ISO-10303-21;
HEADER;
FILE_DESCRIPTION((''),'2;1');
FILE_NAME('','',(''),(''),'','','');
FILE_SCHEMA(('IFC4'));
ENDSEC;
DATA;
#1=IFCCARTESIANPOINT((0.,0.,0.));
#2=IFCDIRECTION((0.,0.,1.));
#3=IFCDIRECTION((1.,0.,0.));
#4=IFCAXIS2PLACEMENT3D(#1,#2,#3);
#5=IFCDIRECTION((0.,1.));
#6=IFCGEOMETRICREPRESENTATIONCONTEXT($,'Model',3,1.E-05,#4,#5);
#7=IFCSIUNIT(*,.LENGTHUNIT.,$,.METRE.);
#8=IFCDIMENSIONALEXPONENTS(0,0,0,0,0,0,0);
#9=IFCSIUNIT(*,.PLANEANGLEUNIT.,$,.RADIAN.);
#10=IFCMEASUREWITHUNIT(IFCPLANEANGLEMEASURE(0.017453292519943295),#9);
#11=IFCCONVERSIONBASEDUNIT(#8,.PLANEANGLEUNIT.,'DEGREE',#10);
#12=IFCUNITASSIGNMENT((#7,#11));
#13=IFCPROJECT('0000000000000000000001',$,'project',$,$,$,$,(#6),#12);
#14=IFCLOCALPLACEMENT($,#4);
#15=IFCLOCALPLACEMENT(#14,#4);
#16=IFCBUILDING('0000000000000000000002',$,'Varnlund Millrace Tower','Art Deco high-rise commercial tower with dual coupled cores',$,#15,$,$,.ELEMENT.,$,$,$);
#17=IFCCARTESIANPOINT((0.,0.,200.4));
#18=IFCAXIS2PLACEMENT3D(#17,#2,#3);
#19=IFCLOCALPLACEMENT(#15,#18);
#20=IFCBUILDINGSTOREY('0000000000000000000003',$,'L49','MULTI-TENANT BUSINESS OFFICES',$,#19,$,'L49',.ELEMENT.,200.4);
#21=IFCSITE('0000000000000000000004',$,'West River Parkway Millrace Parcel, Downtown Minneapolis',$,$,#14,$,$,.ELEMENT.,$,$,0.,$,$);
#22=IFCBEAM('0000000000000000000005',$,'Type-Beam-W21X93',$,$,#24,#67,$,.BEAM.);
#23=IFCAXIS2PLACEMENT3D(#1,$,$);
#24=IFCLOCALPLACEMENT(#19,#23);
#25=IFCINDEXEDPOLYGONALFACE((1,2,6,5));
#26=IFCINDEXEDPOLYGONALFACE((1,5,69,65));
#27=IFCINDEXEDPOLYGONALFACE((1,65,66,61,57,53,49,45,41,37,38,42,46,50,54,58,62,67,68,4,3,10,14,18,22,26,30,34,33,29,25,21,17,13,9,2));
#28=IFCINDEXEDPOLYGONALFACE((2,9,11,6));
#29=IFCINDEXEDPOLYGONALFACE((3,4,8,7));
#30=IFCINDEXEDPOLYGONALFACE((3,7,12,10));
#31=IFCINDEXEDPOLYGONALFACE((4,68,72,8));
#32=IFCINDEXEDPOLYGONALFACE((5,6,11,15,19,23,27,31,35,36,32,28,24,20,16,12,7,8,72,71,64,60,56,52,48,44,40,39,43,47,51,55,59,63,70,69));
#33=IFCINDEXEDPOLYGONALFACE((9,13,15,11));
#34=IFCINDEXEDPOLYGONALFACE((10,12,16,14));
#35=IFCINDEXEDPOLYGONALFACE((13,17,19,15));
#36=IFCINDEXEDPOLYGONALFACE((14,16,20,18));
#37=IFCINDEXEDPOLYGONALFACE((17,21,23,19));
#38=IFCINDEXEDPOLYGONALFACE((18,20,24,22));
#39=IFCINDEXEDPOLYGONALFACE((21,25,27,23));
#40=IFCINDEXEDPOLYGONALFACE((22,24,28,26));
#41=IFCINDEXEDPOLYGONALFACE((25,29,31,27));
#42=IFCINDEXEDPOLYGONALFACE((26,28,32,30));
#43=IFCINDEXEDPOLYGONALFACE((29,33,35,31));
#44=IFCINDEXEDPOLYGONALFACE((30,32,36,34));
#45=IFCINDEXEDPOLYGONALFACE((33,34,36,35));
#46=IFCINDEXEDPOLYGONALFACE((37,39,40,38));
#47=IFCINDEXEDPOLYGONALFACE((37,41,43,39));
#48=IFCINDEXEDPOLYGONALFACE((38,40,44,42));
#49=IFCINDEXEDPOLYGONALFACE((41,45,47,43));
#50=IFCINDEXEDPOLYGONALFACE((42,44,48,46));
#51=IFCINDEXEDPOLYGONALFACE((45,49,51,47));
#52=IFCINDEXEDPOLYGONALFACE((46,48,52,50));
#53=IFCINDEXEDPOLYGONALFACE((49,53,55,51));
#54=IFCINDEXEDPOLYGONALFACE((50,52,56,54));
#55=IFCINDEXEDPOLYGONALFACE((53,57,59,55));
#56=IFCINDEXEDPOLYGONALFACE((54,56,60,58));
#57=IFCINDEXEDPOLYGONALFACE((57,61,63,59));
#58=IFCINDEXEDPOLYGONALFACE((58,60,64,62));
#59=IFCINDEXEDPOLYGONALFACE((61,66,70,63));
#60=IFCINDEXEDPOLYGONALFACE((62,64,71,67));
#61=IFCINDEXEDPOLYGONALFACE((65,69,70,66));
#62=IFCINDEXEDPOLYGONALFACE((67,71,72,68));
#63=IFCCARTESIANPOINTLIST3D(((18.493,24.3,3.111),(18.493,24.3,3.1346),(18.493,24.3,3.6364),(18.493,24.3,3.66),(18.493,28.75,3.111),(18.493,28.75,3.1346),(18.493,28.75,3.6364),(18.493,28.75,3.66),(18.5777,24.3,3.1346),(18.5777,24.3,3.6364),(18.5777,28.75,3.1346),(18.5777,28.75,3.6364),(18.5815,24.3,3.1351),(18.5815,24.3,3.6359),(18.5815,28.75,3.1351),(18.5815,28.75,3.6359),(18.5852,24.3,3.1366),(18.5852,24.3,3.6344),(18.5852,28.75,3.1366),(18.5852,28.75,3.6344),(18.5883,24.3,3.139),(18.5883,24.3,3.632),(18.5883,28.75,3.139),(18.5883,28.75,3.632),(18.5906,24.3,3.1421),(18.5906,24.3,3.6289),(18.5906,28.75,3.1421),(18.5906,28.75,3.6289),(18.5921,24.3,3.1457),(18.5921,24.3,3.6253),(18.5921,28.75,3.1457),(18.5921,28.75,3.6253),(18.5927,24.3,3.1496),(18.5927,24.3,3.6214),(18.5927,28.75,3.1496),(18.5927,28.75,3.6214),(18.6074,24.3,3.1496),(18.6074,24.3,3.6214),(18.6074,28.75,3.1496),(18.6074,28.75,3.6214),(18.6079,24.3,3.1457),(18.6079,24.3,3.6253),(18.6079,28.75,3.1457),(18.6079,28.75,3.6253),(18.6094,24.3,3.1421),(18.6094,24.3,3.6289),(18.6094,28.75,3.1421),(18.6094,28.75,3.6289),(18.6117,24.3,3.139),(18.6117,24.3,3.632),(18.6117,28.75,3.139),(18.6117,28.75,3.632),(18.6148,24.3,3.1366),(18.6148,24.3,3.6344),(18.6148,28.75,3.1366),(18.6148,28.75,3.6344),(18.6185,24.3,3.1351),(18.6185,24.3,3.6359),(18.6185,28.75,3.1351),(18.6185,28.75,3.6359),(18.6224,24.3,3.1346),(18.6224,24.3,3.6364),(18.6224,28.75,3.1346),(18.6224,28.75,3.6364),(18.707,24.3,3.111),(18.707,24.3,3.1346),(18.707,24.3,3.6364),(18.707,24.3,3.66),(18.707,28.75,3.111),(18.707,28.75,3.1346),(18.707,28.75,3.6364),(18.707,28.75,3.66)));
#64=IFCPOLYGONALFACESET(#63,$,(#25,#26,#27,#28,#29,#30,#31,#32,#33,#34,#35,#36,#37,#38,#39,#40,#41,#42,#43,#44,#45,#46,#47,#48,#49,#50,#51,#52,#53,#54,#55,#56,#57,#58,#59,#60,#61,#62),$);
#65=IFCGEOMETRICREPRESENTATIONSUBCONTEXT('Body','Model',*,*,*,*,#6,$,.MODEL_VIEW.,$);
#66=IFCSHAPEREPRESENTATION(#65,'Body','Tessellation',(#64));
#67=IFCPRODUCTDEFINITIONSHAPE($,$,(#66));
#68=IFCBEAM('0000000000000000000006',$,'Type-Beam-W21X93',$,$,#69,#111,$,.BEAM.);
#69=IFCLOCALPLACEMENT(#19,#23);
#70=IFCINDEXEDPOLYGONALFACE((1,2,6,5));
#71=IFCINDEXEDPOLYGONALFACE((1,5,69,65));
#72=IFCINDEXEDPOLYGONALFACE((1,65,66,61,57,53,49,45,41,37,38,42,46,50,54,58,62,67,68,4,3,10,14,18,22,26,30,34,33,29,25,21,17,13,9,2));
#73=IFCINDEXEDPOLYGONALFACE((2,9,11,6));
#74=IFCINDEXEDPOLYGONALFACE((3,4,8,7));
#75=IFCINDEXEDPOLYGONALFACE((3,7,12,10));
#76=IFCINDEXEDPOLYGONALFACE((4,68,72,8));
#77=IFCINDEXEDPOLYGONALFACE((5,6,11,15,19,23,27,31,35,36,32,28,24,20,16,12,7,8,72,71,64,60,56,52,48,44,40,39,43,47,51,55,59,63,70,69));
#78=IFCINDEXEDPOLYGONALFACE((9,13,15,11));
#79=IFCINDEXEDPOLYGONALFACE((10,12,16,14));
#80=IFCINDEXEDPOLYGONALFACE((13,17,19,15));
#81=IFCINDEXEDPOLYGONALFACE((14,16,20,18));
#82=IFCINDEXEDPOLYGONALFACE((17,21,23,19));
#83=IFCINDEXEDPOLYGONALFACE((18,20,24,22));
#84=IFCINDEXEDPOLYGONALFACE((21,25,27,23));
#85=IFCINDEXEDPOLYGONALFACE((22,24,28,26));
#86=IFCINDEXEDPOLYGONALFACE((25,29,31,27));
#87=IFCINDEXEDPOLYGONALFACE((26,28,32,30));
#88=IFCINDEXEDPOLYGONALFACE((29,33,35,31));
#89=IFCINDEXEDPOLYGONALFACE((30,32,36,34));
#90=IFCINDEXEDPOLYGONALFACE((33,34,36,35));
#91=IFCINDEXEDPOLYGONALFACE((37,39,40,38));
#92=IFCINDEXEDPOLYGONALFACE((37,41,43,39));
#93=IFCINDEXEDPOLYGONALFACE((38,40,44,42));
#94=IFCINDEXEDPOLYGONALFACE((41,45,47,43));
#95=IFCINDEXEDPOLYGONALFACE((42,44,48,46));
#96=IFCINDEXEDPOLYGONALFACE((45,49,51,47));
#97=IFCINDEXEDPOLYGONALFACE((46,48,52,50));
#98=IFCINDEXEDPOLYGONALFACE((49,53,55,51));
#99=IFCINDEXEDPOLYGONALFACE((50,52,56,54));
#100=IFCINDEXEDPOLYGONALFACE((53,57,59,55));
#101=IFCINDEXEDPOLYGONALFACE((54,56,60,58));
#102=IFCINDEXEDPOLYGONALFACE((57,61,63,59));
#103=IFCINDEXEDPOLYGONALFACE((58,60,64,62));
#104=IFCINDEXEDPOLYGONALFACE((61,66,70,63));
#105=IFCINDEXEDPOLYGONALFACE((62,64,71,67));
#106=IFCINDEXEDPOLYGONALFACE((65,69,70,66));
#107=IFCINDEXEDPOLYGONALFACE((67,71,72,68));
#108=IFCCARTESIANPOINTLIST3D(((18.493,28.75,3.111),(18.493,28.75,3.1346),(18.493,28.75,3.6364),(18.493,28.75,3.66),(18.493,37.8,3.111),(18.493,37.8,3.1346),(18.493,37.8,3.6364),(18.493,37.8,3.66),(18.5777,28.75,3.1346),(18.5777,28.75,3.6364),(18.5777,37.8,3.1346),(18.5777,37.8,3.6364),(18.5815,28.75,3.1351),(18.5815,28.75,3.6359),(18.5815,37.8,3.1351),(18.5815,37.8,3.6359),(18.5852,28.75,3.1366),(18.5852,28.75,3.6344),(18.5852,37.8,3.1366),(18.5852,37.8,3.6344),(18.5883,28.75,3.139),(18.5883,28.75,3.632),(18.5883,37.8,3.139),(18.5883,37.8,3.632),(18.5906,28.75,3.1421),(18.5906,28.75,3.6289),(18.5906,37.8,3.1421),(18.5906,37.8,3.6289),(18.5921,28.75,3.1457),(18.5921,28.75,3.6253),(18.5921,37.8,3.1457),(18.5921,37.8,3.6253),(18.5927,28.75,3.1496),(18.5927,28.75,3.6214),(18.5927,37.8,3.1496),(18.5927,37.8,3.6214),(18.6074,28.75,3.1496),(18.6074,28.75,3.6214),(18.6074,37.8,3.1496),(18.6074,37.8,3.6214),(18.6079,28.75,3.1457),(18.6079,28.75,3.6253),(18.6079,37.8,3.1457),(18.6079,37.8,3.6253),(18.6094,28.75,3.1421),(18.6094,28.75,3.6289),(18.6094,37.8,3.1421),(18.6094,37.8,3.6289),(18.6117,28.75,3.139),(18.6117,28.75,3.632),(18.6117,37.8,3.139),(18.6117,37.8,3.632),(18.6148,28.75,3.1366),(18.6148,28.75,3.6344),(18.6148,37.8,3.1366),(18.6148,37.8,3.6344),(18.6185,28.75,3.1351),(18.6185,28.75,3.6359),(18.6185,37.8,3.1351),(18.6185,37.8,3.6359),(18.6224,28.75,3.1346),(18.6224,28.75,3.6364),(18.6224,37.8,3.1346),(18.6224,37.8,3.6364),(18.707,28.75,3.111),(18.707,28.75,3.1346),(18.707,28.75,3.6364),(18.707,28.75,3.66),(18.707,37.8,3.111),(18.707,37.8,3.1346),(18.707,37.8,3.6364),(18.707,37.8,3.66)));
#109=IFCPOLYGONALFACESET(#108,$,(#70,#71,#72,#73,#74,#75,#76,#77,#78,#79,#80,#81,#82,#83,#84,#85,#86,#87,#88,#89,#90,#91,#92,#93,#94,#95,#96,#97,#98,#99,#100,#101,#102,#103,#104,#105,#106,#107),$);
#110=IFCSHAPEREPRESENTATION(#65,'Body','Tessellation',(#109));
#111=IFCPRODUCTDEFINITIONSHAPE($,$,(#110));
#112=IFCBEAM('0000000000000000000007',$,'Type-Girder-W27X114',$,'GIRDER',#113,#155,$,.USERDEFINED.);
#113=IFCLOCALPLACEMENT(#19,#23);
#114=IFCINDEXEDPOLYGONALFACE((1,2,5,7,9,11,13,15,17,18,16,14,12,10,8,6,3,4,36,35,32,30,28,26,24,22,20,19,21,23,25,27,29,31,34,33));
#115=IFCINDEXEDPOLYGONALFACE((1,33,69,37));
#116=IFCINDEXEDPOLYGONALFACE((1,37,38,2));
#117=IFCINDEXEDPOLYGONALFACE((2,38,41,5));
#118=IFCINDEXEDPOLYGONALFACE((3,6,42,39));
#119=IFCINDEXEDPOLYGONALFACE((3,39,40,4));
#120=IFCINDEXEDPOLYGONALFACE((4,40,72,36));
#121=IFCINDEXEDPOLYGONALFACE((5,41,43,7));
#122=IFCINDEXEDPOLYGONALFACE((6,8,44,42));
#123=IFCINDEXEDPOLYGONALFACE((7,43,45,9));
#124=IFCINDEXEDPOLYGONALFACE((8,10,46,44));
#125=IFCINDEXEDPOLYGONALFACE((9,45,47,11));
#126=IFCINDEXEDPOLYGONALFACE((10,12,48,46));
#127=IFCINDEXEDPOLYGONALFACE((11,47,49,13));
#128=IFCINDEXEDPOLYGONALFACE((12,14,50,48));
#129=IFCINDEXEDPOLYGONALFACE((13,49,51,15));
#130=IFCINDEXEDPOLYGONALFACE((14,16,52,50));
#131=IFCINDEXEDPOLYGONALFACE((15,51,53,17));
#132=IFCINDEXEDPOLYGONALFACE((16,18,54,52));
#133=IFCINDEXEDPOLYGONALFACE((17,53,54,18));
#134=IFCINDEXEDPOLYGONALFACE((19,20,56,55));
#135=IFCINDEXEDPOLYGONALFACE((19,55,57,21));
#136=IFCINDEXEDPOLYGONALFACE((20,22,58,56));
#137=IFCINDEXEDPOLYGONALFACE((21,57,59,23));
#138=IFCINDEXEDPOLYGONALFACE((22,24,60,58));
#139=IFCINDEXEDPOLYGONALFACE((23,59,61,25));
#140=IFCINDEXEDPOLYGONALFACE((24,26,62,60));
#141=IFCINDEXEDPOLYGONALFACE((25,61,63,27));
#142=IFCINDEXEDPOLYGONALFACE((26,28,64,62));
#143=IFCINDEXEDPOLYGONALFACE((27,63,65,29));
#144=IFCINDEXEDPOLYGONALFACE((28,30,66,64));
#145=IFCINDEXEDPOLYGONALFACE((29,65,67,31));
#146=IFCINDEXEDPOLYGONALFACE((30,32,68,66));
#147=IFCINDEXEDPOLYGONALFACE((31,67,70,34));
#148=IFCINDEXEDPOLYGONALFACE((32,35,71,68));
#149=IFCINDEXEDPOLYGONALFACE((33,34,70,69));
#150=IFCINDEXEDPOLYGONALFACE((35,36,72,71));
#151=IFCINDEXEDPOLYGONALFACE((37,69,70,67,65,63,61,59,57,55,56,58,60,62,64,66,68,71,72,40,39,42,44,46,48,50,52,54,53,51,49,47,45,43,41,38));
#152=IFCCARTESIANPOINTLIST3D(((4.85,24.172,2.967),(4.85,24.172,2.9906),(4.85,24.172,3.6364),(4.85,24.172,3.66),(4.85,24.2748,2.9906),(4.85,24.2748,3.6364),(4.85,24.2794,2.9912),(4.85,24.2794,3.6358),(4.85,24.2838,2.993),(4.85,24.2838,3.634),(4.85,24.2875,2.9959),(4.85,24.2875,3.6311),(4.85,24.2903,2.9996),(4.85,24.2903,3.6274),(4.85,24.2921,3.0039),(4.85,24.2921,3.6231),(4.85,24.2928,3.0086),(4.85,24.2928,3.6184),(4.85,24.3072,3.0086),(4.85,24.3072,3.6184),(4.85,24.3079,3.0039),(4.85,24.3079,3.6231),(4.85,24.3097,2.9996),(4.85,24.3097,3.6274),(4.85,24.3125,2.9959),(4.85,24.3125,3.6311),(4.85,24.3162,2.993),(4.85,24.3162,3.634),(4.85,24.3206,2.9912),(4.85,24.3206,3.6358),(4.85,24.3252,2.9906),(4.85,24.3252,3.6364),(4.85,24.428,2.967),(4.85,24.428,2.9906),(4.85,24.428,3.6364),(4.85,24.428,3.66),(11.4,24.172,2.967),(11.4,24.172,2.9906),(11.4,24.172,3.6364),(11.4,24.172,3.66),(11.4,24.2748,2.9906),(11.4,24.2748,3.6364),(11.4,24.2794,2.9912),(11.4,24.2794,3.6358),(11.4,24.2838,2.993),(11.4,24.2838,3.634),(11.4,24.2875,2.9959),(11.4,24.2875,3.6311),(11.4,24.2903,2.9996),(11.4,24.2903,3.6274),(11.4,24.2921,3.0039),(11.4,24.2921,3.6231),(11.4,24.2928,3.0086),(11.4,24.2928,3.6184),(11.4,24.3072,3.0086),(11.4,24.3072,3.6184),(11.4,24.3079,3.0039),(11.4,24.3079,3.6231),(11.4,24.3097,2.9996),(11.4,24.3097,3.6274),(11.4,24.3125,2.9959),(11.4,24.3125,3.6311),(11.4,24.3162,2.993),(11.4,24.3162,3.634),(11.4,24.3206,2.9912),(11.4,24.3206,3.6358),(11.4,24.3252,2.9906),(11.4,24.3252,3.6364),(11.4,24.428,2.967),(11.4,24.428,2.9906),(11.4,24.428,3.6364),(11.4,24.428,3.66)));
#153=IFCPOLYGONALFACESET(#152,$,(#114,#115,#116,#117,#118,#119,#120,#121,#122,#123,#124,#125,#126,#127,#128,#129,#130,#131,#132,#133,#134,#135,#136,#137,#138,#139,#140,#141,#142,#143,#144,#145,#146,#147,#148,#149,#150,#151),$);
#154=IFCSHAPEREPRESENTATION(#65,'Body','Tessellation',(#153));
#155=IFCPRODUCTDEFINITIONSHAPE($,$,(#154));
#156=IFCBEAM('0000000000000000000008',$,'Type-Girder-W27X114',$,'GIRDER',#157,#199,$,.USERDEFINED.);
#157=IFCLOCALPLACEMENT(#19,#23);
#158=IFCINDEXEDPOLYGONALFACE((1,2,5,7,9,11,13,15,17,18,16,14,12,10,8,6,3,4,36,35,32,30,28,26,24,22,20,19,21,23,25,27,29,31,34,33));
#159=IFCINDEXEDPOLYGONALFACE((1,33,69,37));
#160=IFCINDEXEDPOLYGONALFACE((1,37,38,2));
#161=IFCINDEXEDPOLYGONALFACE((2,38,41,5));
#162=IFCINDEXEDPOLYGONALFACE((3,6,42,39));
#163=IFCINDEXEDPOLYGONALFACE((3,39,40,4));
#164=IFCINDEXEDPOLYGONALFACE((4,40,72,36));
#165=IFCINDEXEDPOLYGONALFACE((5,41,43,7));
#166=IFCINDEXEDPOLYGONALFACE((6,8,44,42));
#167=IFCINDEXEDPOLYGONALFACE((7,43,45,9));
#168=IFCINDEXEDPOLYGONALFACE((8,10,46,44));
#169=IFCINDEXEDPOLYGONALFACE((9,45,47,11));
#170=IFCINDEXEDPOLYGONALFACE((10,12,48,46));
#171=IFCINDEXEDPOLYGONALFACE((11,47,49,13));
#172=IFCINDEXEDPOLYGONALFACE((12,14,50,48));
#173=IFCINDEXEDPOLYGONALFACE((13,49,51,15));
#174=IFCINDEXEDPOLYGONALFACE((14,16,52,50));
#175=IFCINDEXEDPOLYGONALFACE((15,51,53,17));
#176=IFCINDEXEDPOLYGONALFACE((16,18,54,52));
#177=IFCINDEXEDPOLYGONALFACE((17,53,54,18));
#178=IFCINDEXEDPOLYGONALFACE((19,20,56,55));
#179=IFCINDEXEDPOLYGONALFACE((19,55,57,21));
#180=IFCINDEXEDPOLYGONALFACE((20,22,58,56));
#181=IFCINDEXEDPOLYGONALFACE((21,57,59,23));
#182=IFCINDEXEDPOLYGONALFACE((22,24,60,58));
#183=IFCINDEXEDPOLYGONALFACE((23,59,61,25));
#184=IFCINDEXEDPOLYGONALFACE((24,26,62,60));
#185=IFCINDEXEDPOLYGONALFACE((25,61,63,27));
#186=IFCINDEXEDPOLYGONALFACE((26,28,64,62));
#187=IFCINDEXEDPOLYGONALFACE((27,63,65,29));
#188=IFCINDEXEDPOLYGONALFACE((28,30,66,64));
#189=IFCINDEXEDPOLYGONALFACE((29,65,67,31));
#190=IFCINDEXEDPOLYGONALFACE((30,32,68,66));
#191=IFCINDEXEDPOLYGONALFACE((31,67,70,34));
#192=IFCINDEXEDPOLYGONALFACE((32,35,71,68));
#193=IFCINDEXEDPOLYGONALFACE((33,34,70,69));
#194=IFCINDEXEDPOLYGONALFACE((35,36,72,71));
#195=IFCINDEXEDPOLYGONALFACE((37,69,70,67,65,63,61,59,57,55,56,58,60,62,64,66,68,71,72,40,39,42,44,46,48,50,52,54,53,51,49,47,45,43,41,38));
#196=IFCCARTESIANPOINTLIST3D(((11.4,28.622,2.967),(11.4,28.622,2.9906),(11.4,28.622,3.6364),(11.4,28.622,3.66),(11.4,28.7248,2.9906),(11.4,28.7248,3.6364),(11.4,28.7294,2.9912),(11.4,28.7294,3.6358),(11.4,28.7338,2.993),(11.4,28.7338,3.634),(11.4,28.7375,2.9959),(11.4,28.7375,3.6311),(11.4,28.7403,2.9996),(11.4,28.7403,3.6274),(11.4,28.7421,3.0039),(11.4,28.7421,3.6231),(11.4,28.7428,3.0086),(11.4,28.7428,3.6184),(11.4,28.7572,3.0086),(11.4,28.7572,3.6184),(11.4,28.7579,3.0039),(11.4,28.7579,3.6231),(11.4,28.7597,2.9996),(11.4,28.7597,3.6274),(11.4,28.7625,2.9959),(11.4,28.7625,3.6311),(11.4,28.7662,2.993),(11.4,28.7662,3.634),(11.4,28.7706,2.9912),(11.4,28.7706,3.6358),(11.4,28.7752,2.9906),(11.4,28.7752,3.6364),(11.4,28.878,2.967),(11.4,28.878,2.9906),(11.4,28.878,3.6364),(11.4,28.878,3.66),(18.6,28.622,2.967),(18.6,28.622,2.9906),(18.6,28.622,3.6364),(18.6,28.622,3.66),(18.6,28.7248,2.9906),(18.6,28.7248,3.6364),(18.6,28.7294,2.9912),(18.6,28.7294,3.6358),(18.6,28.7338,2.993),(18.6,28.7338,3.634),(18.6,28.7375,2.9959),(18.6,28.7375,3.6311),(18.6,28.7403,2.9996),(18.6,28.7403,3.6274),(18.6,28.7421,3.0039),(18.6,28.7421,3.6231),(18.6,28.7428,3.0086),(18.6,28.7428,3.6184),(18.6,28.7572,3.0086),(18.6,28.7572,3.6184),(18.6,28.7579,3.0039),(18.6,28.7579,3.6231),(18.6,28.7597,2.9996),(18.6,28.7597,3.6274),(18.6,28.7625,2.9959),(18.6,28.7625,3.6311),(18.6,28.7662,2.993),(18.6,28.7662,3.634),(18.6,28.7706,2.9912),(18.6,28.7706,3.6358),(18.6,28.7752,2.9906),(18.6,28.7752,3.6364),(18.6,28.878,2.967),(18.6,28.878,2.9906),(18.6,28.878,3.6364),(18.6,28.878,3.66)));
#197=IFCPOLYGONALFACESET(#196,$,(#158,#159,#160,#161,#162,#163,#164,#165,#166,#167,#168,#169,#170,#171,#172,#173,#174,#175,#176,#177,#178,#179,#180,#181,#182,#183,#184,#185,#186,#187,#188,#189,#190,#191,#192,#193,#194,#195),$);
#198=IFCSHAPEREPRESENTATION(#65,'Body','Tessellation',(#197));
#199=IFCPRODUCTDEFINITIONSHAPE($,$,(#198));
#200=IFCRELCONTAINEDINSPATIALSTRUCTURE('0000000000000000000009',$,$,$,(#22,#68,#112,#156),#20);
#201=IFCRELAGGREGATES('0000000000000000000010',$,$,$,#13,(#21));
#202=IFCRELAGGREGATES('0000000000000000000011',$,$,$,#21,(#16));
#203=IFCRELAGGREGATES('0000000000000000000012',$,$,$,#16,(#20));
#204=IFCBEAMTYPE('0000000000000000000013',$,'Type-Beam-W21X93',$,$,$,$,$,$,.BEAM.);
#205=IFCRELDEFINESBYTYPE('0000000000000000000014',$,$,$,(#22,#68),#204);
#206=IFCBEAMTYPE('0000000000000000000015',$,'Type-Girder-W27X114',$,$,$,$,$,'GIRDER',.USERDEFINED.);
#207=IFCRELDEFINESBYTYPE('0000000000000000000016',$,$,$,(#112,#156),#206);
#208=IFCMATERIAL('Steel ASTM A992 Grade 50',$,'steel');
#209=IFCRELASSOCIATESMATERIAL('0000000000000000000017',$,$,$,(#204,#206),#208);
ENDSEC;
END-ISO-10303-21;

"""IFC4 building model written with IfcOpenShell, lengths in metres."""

from ifc_helpers import new_model, entity, si_unit, converted_unit, direction, frame, origin_with_axes, origin_2d_with_axis, place, context, subcontext, project, spatial, i_section, extrude, material, material_profile, profile_set, type_object, element, save


model = new_model("IFC4")

# Units and contexts
model_context = context("Model", 3, precision=1e-05, world=origin_with_axes(), true_north=direction((0.0, 1.0)))
body_context = subcontext(model_context, "Body", "Model", "MODEL_VIEW")
ifc_project = project(units=[si_unit("LENGTHUNIT", "METRE"), converted_unit("PLANEANGLEUNIT", "DEGREE", entity("IfcPlaneAngleMeasure", 0.017453292519943295), si_unit("PLANEANGLEUNIT", "RADIAN"), dimensions=[0, 0, 0, 0, 0, 0, 0])], contexts=[model_context])

# Site, building, storey
site_placement = place(None, origin_with_axes())
site = spatial("IfcSite", under=ifc_project, at=site_placement, Name="West River Parkway Millrace Parcel, Downtown Minneapolis", CompositionType="ELEMENT", RefElevation=0.0)
building_placement = place(site_placement, origin_with_axes())
building = spatial("IfcBuilding", under=site, at=building_placement, Name="Varnlund Millrace Tower", Description="Art Deco high-rise commercial tower with dual coupled cores", CompositionType="ELEMENT")
storey_placement = place(building_placement, frame((0.0, 0.0, 200.4), z_axis=(0.0, 0.0, 1.0), x_axis=(1.0, 0.0, 0.0)))
storey = spatial("IfcBuildingStorey", under=building, at=storey_placement, Name="L49", Description="MULTI-TENANT BUSINESS OFFICES", LongName="L49", CompositionType="ELEMENT", Elevation=200.4)

# Beams
ifc_material_1 = material(Name="Steel ASTM A992 Grade 50", Category="steel")
ifc_material_profile_1 = material_profile(ifc_material_1, i_section(OverallWidth=0.214, OverallDepth=0.549, WebThickness=0.0147, FlangeThickness=0.0236, FilletRadius=0.015, at=origin_2d_with_axis()), Name="Steel ASTM A992 Grade 50")
ifc_profile_set_1 = profile_set([ifc_material_profile_1], Name="Steel ASTM A992 Grade 50")
beam_type_1 = type_object("IfcBeamType", Name="Type-Beam-W21X93", PredefinedType="BEAM", material=ifc_profile_set_1)
beam_1_placement = place(storey_placement, frame((18.6, 24.3, 3.3855), z_axis=(0.0, 1.0, 0.0), x_axis=(-1.0, 0.0, 0.0)))
element("IfcBeam", 1, at=beam_1_placement, inside=storey, type_object=beam_type_1, Name="Type-Beam-W21X93", PredefinedType="BEAM", context=body_context, shape_type="SweptSolid", body=[
    extrude(i_section(OverallWidth=0.214, OverallDepth=0.549, WebThickness=0.0147, FlangeThickness=0.0236, FilletRadius=0.015, at=origin_2d_with_axis()), origin_with_axes(), (0.0, 0.0, 1.0), 4.45),
])
beam_2_placement = place(storey_placement, frame((18.6, 28.75, 3.3855), z_axis=(0.0, 1.0, 0.0), x_axis=(-1.0, 0.0, 0.0)))
element("IfcBeam", 2, at=beam_2_placement, inside=storey, type_object=beam_type_1, Name="Type-Beam-W21X93", PredefinedType="BEAM", context=body_context, shape_type="SweptSolid", body=[
    extrude(i_section(OverallWidth=0.214, OverallDepth=0.549, WebThickness=0.0147, FlangeThickness=0.0236, FilletRadius=0.015, at=origin_2d_with_axis()), origin_with_axes(), (0.0, 0.0, 1.0), 9.05),
])
ifc_material_profile_2 = material_profile(ifc_material_1, i_section(OverallWidth=0.256, OverallDepth=0.693, WebThickness=0.0145, FlangeThickness=0.0236, FilletRadius=0.018, at=origin_2d_with_axis()), Name="Steel ASTM A992 Grade 50")
ifc_profile_set_2 = profile_set([ifc_material_profile_2], Name="Steel ASTM A992 Grade 50")
beam_type_2 = type_object("IfcBeamType", Name="Type-Girder-W27X114", ElementType="GIRDER", PredefinedType="USERDEFINED", material=ifc_profile_set_2)
beam_3_placement = place(storey_placement, frame((4.85, 24.3, 3.3135), z_axis=(1.0, 0.0, 0.0), x_axis=(0.0, 1.0, 0.0)))
element("IfcBeam", 3, at=beam_3_placement, inside=storey, type_object=beam_type_2, Name="Type-Girder-W27X114", ObjectType="GIRDER", PredefinedType="USERDEFINED", context=body_context, shape_type="SweptSolid", body=[
    extrude(i_section(OverallWidth=0.256, OverallDepth=0.693, WebThickness=0.0145, FlangeThickness=0.0236, FilletRadius=0.018, at=origin_2d_with_axis()), origin_with_axes(), (0.0, 0.0, 1.0), 6.55),
])
beam_4_placement = place(storey_placement, frame((11.4, 28.75, 3.3135), z_axis=(1.0, 0.0, 0.0), x_axis=(0.0, 1.0, 0.0)))
element("IfcBeam", 4, at=beam_4_placement, inside=storey, type_object=beam_type_2, Name="Type-Girder-W27X114", ObjectType="GIRDER", PredefinedType="USERDEFINED", context=body_context, shape_type="SweptSolid", body=[
    extrude(i_section(OverallWidth=0.256, OverallDepth=0.693, WebThickness=0.0145, FlangeThickness=0.0236, FilletRadius=0.018, at=origin_2d_with_axis()), origin_with_axes(), (0.0, 0.0, 1.0), 7.2),
])

save(model, "model.ifc")
